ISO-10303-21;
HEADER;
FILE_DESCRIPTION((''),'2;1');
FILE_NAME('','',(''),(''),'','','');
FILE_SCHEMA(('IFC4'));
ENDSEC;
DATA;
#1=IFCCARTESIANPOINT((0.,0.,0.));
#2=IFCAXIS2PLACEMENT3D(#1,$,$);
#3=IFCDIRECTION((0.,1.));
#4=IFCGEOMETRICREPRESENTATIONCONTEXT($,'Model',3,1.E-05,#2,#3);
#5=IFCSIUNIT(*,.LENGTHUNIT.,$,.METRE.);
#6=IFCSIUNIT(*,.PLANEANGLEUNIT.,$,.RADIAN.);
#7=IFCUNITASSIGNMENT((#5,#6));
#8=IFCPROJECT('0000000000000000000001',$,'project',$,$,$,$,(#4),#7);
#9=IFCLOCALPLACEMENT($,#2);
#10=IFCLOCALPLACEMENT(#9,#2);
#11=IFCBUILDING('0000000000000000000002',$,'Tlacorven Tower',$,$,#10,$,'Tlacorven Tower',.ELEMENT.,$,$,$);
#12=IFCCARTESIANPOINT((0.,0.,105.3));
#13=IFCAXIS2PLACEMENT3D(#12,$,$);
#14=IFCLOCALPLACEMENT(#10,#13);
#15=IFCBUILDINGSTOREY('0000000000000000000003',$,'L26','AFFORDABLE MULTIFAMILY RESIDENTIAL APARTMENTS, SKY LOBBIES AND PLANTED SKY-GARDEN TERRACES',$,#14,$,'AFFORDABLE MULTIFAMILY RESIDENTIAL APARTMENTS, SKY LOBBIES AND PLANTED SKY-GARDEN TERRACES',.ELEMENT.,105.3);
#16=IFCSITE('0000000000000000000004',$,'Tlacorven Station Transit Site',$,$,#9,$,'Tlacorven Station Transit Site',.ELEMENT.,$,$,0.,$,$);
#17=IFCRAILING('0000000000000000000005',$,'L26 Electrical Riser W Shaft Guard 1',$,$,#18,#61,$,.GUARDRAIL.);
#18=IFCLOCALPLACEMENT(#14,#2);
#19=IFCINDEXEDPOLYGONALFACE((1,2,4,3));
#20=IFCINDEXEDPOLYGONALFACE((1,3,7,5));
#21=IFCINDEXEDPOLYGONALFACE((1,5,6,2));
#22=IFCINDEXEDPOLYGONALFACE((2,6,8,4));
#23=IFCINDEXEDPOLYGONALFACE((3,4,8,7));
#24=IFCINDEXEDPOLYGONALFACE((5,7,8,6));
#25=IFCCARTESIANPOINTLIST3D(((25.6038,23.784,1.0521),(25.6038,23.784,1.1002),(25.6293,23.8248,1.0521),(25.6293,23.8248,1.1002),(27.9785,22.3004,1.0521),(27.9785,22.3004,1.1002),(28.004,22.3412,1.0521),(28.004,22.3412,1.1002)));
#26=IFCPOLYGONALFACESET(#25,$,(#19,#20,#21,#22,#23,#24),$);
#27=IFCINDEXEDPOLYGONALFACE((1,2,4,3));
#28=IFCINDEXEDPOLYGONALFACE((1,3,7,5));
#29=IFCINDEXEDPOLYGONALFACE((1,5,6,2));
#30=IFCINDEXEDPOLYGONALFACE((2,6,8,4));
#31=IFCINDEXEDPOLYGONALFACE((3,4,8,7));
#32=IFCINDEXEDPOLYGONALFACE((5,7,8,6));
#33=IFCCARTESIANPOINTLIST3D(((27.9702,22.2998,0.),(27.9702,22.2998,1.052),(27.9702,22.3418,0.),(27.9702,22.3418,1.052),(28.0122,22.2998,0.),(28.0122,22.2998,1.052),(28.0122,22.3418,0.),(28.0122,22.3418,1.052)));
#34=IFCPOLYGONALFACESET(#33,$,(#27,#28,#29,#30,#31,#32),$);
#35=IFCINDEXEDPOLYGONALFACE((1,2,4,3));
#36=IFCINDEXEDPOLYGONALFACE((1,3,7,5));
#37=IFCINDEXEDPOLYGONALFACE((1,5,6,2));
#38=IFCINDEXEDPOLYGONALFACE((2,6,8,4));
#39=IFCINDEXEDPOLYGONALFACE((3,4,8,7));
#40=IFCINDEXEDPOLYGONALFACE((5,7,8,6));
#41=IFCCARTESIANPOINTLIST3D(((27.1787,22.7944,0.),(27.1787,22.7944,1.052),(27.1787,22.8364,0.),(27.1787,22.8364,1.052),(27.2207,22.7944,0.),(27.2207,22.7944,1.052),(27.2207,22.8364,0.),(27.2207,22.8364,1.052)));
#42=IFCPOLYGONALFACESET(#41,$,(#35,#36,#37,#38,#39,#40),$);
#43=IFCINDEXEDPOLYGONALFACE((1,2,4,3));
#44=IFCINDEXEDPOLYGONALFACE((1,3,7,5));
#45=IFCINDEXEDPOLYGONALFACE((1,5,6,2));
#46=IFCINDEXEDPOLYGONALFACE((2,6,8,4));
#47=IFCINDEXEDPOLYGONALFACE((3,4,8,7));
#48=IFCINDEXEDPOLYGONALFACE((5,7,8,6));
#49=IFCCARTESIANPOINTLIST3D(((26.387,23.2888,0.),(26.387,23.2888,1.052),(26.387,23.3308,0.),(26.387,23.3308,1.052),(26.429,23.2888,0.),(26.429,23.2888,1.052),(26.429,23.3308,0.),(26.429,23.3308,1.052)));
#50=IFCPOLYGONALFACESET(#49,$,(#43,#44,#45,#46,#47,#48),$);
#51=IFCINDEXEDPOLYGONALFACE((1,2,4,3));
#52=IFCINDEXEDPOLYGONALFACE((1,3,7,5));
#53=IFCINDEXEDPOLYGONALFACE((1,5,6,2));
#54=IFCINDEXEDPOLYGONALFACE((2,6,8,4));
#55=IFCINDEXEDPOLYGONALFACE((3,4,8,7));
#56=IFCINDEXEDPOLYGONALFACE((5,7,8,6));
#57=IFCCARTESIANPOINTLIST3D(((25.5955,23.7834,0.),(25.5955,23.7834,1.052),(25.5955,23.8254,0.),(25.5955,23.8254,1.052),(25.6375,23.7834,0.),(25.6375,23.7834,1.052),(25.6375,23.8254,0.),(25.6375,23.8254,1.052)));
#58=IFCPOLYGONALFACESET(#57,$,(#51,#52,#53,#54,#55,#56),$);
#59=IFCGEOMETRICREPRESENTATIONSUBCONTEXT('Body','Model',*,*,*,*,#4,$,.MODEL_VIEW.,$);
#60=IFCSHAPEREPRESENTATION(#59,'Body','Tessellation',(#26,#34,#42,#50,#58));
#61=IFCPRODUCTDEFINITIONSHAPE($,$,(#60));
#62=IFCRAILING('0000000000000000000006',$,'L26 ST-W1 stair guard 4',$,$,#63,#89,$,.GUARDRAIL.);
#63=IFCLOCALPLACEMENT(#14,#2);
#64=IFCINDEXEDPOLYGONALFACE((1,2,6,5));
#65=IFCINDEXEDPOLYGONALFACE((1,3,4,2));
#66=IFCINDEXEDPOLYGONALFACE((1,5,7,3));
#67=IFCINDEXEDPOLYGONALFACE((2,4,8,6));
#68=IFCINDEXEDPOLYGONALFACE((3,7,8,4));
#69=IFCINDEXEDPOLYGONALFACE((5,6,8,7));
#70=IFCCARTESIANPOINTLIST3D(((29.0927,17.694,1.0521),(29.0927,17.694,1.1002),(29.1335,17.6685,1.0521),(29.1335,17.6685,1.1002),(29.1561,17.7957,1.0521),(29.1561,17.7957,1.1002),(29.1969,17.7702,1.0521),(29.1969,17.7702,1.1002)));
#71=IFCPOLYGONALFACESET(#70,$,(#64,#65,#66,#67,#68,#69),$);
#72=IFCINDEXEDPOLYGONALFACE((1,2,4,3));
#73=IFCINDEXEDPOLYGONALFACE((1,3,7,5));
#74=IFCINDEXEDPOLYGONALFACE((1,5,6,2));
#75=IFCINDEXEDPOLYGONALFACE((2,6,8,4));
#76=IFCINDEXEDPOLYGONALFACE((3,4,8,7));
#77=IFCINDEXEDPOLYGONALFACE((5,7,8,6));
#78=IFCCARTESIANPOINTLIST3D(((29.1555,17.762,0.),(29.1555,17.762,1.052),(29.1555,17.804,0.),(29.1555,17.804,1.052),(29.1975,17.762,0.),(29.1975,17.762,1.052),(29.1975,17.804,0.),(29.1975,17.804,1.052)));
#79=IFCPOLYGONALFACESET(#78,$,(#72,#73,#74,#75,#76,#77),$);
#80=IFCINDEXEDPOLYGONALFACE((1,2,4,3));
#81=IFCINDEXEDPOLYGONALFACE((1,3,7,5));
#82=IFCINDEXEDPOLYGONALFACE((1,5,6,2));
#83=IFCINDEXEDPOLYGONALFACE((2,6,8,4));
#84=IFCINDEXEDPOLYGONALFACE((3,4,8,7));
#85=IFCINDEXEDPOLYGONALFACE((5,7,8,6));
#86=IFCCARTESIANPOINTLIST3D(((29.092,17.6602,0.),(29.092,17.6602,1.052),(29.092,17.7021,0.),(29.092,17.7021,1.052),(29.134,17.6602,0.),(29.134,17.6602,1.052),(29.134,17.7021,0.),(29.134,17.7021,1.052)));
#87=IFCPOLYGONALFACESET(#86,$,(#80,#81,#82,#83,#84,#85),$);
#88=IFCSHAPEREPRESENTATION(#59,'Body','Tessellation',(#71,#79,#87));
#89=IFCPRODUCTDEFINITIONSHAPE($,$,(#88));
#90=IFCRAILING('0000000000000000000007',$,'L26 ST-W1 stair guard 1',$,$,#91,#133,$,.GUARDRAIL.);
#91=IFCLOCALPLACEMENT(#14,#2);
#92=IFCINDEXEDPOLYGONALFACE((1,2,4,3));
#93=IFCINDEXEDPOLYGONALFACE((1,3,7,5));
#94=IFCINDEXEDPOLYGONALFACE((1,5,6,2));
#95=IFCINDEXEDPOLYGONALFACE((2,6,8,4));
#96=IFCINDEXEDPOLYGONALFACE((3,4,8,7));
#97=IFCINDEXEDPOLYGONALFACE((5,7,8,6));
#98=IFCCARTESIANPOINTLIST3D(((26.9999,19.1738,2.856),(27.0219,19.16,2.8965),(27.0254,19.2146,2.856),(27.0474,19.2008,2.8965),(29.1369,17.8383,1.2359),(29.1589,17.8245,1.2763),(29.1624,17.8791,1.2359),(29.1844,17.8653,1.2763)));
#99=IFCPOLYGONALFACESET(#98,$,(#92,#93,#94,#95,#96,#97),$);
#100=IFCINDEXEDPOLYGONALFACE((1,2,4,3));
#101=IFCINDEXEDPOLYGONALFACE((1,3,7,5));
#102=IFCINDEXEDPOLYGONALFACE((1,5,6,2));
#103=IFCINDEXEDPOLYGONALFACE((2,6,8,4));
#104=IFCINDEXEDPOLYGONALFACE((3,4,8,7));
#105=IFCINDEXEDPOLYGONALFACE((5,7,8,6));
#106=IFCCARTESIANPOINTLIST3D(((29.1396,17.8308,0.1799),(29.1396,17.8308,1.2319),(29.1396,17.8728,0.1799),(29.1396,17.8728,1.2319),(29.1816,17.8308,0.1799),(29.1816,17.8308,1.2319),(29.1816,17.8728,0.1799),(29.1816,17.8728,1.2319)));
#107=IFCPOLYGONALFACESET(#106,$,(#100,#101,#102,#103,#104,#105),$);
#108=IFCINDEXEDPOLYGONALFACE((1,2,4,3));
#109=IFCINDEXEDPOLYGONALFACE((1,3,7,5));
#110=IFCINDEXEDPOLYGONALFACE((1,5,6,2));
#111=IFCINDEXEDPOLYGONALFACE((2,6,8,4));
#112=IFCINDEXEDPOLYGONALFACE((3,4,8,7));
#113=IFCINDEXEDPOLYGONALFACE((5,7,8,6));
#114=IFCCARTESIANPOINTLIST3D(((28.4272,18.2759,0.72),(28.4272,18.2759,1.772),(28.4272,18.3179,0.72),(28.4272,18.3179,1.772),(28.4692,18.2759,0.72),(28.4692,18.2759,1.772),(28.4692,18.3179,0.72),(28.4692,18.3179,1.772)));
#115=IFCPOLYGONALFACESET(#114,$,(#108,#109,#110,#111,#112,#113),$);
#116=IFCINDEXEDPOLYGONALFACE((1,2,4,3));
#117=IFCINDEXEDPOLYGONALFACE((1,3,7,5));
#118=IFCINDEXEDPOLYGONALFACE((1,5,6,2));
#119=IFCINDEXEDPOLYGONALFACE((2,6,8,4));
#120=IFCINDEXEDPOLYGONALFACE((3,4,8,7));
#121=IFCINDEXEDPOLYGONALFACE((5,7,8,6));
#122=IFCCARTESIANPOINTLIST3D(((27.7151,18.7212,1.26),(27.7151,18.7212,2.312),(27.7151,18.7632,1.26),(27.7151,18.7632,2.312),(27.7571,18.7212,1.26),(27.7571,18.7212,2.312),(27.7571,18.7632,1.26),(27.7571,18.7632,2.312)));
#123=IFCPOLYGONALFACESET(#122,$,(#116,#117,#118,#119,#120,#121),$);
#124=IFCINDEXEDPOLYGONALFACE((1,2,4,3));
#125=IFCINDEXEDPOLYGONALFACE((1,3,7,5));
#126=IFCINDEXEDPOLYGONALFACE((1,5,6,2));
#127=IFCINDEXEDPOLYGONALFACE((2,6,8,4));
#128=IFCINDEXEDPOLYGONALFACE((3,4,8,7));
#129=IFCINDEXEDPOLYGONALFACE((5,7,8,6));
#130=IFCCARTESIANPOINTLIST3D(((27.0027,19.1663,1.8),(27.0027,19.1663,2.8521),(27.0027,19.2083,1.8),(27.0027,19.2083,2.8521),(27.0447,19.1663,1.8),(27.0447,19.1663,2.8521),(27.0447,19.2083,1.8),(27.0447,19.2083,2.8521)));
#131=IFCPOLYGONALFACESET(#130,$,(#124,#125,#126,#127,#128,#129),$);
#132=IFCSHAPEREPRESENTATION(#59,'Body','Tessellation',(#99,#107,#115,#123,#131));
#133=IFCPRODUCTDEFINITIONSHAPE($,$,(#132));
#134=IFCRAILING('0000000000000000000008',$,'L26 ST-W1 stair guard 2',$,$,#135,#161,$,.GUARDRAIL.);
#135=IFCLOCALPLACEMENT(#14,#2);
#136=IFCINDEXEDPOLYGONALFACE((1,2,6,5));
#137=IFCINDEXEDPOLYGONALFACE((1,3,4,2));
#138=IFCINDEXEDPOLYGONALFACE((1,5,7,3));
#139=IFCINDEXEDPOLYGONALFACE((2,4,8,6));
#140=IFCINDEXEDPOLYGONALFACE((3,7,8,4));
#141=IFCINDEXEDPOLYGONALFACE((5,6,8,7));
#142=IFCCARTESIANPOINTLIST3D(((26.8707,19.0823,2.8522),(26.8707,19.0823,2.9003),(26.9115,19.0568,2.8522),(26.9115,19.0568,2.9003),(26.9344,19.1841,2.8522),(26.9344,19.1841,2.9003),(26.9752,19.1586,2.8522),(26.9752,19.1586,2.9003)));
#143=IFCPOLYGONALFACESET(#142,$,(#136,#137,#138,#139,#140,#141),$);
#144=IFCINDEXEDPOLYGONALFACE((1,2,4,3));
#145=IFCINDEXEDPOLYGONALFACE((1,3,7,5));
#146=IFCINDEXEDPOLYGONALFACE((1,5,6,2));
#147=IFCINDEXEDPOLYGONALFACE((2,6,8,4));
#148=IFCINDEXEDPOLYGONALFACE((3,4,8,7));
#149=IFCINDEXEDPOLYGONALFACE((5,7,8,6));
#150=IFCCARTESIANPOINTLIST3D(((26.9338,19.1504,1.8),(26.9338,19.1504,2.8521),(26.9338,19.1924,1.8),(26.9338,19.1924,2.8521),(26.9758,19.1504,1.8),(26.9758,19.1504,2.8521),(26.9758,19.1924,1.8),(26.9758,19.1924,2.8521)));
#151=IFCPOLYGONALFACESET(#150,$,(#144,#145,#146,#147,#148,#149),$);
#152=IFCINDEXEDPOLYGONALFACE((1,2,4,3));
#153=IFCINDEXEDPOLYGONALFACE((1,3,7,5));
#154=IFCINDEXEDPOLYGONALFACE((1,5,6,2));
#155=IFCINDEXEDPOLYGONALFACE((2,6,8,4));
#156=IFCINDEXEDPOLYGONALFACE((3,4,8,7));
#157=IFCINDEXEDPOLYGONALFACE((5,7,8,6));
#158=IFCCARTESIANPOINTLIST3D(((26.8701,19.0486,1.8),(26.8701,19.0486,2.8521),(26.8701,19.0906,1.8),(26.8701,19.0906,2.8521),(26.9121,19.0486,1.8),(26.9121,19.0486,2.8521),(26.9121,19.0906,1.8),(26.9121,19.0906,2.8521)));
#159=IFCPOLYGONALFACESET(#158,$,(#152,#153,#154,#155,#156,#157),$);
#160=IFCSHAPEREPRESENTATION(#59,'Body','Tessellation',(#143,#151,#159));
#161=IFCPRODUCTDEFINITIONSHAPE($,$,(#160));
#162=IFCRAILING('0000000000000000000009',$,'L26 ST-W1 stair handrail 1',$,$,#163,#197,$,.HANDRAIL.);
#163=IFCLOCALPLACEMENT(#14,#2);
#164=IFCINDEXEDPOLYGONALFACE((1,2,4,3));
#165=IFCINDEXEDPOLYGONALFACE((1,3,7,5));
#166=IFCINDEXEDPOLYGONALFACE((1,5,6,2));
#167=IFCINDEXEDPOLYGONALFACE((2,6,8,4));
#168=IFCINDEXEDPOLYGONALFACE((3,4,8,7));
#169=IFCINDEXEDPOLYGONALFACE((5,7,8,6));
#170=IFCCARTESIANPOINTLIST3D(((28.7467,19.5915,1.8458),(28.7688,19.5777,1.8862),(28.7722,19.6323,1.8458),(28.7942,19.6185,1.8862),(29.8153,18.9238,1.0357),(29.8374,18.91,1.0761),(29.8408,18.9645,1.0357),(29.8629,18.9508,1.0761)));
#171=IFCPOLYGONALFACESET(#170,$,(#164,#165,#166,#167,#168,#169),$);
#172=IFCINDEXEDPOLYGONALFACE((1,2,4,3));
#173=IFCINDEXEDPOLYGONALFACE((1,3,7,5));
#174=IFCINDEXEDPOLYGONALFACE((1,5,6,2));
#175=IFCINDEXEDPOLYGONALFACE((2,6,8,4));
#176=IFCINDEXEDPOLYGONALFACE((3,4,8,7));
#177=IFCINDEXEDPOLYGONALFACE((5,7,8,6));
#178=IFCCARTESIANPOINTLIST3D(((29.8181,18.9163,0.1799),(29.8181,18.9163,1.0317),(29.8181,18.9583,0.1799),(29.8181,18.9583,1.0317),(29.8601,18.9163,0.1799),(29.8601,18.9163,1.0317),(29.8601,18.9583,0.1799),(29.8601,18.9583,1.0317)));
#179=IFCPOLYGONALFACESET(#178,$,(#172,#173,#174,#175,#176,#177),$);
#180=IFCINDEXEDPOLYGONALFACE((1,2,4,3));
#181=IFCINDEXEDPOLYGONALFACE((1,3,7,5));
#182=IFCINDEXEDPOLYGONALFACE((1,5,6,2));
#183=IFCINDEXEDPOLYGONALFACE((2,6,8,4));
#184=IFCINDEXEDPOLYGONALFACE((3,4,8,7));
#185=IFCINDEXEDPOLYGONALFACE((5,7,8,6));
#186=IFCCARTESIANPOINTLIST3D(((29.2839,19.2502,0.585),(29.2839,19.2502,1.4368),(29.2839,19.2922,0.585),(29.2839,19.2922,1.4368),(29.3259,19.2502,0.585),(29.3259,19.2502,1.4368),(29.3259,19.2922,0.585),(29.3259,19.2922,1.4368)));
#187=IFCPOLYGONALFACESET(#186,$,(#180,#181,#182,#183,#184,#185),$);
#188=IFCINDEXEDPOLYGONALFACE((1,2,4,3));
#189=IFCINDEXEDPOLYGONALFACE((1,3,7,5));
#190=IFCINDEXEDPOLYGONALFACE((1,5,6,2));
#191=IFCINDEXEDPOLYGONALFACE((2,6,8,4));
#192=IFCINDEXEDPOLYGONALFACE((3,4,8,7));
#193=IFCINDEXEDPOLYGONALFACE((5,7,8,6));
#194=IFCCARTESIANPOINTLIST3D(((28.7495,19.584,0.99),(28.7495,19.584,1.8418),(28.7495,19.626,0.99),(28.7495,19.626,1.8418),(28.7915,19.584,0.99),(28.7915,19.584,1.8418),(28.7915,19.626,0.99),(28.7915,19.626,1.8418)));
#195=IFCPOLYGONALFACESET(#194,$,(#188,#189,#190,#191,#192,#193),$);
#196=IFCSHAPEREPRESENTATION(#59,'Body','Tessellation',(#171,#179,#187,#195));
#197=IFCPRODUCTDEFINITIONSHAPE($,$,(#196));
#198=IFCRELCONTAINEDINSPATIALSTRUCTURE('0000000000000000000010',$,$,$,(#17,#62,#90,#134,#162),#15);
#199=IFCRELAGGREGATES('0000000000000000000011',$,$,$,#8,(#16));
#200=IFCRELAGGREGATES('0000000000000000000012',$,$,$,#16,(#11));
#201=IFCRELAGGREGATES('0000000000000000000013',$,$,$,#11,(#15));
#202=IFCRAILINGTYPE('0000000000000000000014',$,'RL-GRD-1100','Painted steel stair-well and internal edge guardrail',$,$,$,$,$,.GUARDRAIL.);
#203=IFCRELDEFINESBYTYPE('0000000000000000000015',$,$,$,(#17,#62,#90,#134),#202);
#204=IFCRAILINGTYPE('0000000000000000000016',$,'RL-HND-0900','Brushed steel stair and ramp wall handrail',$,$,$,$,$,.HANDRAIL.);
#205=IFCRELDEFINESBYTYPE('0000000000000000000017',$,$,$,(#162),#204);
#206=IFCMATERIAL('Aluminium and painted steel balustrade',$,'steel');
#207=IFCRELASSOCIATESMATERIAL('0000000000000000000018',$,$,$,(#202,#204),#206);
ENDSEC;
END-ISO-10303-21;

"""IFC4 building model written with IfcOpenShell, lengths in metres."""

from ifc_helpers import new_model, si_unit, direction, frame, origin, origin_2d, place, context, subcontext, project, spatial, rectangle, extrude, source, transform, mapped, material, type_object, element, save


model = new_model("IFC4")

# Units and contexts
model_context = context("Model", 3, precision=1e-05, world=origin(), true_north=direction((0.0, 1.0)))
body_context = subcontext(model_context, "Body", "Model", "MODEL_VIEW")
ifc_project = project(units=[si_unit("LENGTHUNIT", "METRE"), si_unit("PLANEANGLEUNIT", "RADIAN")], contexts=[model_context])

# Site, building, storey
site_placement = place(None, origin())
site = spatial("IfcSite", under=ifc_project, at=site_placement, Name="Tlacorven Station Transit Site", LongName="Tlacorven Station Transit Site", CompositionType="ELEMENT", RefElevation=0.0)
building_placement = place(site_placement, origin())
building = spatial("IfcBuilding", under=site, at=building_placement, Name="Tlacorven Tower", LongName="Tlacorven Tower", CompositionType="ELEMENT")
storey_placement = place(building_placement, frame((0.0, 0.0, 105.3)))
storey = spatial("IfcBuildingStorey", under=building, at=storey_placement, Name="L26", Description="AFFORDABLE MULTIFAMILY RESIDENTIAL APARTMENTS, SKY LOBBIES AND PLANTED SKY-GARDEN TERRACES", LongName="AFFORDABLE MULTIFAMILY RESIDENTIAL APARTMENTS, SKY LOBBIES AND PLANTED SKY-GARDEN TERRACES", CompositionType="ELEMENT", Elevation=105.3)

# Railings
ifc_material_1 = material(Name="Aluminium and painted steel balustrade", Category="steel")
railing_type_1 = type_object("IfcRailingType", Name="RL-GRD-1100", Description="Painted steel stair-well and internal edge guardrail", PredefinedType="GUARDRAIL", material=ifc_material_1)
shared_shape_1 = source(origin(), body_context, "Body", "SweptSolid", [
    extrude(rectangle(XDim=0.0481, YDim=0.0481, at=origin_2d()), frame((0.0, 0.0, 1.0762), z_axis=(-0.848091, 0.52985, 0.0), x_axis=(-0.52985, -0.848091, 0.0)), (0.0, 0.0, 1.0), 2.8),
    extrude(rectangle(XDim=0.042, YDim=0.042, at=origin_2d()), origin(), (0.0, 0.0, 1.0), 1.052),
    extrude(rectangle(XDim=0.042, YDim=0.042, at=origin_2d()), frame((-0.7915, 0.4946, 0.0)), (0.0, 0.0, 1.0), 1.052),
    extrude(rectangle(XDim=0.042, YDim=0.042, at=origin_2d()), frame((-1.5833, 0.989, 0.0)), (0.0, 0.0, 1.0), 1.052),
    extrude(rectangle(XDim=0.042, YDim=0.042, at=origin_2d()), frame((-2.3748, 1.4836, 0.0)), (0.0, 0.0, 1.0), 1.052),
])
railing_1_placement = place(storey_placement, frame((27.9912, 22.3208, 0.0)))
element("IfcRailing", 1, at=railing_1_placement, inside=storey, type_object=railing_type_1, Name="L26 Electrical Riser W Shaft Guard 1", PredefinedType="GUARDRAIL", context=body_context, shape_type="MappedRepresentation", body=[
    mapped(shared_shape_1, transform((0.0, 0.0, 0.0), scale=1.0)),
])
shared_shape_2 = source(origin(), body_context, "Body", "SweptSolid", [
    extrude(rectangle(XDim=0.0481, YDim=0.0481, at=origin_2d()), frame((0.0, 0.0, 1.0762), z_axis=(-0.529084, -0.848569, 0.0), x_axis=(0.848569, -0.529084, 0.0)), (0.0, 0.0, 1.0), 0.1199),
    extrude(rectangle(XDim=0.042, YDim=0.042, at=origin_2d()), origin(), (0.0, 0.0, 1.0), 1.052),
    extrude(rectangle(XDim=0.042, YDim=0.042, at=origin_2d()), frame((-0.0635, -0.1018, 0.0)), (0.0, 0.0, 1.0), 1.052),
])
railing_2_placement = place(storey_placement, frame((29.1765, 17.783, 0.0)))
element("IfcRailing", 2, at=railing_2_placement, inside=storey, type_object=railing_type_1, Name="L26 ST-W1 stair guard 4", PredefinedType="GUARDRAIL", context=body_context, shape_type="MappedRepresentation", body=[
    mapped(shared_shape_2, transform((0.0, 0.0, 0.0), scale=1.0)),
])
shared_shape_3 = source(origin(), body_context, "Body", "SweptSolid", [
    extrude(rectangle(XDim=0.0481, YDim=0.0481, at=origin_2d()), frame((0.0, 0.0, 1.0762), z_axis=(-0.71332, 0.445774, 0.540796), x_axis=(-0.529955, -0.848026, 0.0)), (0.0, 0.0, 1.0), 2.9958),
    extrude(rectangle(XDim=0.042, YDim=0.042, at=origin_2d()), origin(), (0.0, 0.0, 1.0), 1.052),
    extrude(rectangle(XDim=0.042, YDim=0.042, at=origin_2d()), frame((-0.7124, 0.4451, 0.54)), (0.0, 0.0, 1.0), 1.052),
    extrude(rectangle(XDim=0.042, YDim=0.042, at=origin_2d()), frame((-1.4246, 0.8904, 1.0801)), (0.0, 0.0, 1.0), 1.052),
    extrude(rectangle(XDim=0.042, YDim=0.042, at=origin_2d()), frame((-2.137, 1.3354, 1.6201)), (0.0, 0.0, 1.0), 1.052),
])
railing_3_placement = place(storey_placement, frame((29.1606, 17.8518, 0.1799)))
element("IfcRailing", 3, at=railing_3_placement, inside=storey, type_object=railing_type_1, Name="L26 ST-W1 stair guard 1", PredefinedType="GUARDRAIL", context=body_context, shape_type="MappedRepresentation", body=[
    mapped(shared_shape_3, transform((0.0, 0.0, 0.0), scale=1.0)),
])
shared_shape_4 = source(origin(), body_context, "Body", "SweptSolid", [
    extrude(rectangle(XDim=0.0481, YDim=0.0481, at=origin_2d()), frame((0.0, 0.0, 1.0762), z_axis=(-0.530547, -0.847656, 0.0), x_axis=(0.847656, -0.530547, 0.0)), (0.0, 0.0, 1.0), 0.1201),
    extrude(rectangle(XDim=0.042, YDim=0.042, at=origin_2d()), origin(), (0.0, 0.0, 1.0), 1.052),
    extrude(rectangle(XDim=0.042, YDim=0.042, at=origin_2d()), frame((-0.0637, -0.1018, 0.0)), (0.0, 0.0, 1.0), 1.052),
])
railing_4_placement = place(storey_placement, frame((26.9548, 19.1714, 1.8)))
element("IfcRailing", 4, at=railing_4_placement, inside=storey, type_object=railing_type_1, Name="L26 ST-W1 stair guard 2", PredefinedType="GUARDRAIL", context=body_context, shape_type="MappedRepresentation", body=[
    mapped(shared_shape_4, transform((0.0, 0.0, 0.0), scale=1.0)),
])
railing_type_2 = type_object("IfcRailingType", Name="RL-HND-0900", Description="Brushed steel stair and ramp wall handrail", PredefinedType="HANDRAIL", material=ifc_material_1)
shared_shape_5 = source(origin(), body_context, "Body", "SweptSolid", [
    extrude(rectangle(XDim=0.0481, YDim=0.0481, at=origin_2d()), frame((0.0, 0.0, 0.876), z_axis=(-0.71336, 0.445748, 0.540765), x_axis=(-0.529912, -0.848053, 0.0)), (0.0, 0.0, 1.0), 1.498),
    extrude(rectangle(XDim=0.042, YDim=0.042, at=origin_2d()), origin(), (0.0, 0.0, 1.0), 0.8518),
    extrude(rectangle(XDim=0.042, YDim=0.042, at=origin_2d()), frame((-0.5342, 0.334, 0.405)), (0.0, 0.0, 1.0), 0.8518),
    extrude(rectangle(XDim=0.042, YDim=0.042, at=origin_2d()), frame((-1.0686, 0.6677, 0.8101)), (0.0, 0.0, 1.0), 0.8518),
])
for number, where, name in (
    (5, (29.8391, 18.9373, 0.1799), "L26 ST-W1 stair handrail 1"),
):
    element("IfcRailing", number, at=place(storey_placement, frame(where)), inside=storey, type_object=railing_type_2, Name=name, PredefinedType="HANDRAIL", context=body_context, shape_type="MappedRepresentation", body=[
        mapped(shared_shape_5, transform((0.0, 0.0, 0.0), scale=1.0)),
    ])

save(model, "model.ifc")
